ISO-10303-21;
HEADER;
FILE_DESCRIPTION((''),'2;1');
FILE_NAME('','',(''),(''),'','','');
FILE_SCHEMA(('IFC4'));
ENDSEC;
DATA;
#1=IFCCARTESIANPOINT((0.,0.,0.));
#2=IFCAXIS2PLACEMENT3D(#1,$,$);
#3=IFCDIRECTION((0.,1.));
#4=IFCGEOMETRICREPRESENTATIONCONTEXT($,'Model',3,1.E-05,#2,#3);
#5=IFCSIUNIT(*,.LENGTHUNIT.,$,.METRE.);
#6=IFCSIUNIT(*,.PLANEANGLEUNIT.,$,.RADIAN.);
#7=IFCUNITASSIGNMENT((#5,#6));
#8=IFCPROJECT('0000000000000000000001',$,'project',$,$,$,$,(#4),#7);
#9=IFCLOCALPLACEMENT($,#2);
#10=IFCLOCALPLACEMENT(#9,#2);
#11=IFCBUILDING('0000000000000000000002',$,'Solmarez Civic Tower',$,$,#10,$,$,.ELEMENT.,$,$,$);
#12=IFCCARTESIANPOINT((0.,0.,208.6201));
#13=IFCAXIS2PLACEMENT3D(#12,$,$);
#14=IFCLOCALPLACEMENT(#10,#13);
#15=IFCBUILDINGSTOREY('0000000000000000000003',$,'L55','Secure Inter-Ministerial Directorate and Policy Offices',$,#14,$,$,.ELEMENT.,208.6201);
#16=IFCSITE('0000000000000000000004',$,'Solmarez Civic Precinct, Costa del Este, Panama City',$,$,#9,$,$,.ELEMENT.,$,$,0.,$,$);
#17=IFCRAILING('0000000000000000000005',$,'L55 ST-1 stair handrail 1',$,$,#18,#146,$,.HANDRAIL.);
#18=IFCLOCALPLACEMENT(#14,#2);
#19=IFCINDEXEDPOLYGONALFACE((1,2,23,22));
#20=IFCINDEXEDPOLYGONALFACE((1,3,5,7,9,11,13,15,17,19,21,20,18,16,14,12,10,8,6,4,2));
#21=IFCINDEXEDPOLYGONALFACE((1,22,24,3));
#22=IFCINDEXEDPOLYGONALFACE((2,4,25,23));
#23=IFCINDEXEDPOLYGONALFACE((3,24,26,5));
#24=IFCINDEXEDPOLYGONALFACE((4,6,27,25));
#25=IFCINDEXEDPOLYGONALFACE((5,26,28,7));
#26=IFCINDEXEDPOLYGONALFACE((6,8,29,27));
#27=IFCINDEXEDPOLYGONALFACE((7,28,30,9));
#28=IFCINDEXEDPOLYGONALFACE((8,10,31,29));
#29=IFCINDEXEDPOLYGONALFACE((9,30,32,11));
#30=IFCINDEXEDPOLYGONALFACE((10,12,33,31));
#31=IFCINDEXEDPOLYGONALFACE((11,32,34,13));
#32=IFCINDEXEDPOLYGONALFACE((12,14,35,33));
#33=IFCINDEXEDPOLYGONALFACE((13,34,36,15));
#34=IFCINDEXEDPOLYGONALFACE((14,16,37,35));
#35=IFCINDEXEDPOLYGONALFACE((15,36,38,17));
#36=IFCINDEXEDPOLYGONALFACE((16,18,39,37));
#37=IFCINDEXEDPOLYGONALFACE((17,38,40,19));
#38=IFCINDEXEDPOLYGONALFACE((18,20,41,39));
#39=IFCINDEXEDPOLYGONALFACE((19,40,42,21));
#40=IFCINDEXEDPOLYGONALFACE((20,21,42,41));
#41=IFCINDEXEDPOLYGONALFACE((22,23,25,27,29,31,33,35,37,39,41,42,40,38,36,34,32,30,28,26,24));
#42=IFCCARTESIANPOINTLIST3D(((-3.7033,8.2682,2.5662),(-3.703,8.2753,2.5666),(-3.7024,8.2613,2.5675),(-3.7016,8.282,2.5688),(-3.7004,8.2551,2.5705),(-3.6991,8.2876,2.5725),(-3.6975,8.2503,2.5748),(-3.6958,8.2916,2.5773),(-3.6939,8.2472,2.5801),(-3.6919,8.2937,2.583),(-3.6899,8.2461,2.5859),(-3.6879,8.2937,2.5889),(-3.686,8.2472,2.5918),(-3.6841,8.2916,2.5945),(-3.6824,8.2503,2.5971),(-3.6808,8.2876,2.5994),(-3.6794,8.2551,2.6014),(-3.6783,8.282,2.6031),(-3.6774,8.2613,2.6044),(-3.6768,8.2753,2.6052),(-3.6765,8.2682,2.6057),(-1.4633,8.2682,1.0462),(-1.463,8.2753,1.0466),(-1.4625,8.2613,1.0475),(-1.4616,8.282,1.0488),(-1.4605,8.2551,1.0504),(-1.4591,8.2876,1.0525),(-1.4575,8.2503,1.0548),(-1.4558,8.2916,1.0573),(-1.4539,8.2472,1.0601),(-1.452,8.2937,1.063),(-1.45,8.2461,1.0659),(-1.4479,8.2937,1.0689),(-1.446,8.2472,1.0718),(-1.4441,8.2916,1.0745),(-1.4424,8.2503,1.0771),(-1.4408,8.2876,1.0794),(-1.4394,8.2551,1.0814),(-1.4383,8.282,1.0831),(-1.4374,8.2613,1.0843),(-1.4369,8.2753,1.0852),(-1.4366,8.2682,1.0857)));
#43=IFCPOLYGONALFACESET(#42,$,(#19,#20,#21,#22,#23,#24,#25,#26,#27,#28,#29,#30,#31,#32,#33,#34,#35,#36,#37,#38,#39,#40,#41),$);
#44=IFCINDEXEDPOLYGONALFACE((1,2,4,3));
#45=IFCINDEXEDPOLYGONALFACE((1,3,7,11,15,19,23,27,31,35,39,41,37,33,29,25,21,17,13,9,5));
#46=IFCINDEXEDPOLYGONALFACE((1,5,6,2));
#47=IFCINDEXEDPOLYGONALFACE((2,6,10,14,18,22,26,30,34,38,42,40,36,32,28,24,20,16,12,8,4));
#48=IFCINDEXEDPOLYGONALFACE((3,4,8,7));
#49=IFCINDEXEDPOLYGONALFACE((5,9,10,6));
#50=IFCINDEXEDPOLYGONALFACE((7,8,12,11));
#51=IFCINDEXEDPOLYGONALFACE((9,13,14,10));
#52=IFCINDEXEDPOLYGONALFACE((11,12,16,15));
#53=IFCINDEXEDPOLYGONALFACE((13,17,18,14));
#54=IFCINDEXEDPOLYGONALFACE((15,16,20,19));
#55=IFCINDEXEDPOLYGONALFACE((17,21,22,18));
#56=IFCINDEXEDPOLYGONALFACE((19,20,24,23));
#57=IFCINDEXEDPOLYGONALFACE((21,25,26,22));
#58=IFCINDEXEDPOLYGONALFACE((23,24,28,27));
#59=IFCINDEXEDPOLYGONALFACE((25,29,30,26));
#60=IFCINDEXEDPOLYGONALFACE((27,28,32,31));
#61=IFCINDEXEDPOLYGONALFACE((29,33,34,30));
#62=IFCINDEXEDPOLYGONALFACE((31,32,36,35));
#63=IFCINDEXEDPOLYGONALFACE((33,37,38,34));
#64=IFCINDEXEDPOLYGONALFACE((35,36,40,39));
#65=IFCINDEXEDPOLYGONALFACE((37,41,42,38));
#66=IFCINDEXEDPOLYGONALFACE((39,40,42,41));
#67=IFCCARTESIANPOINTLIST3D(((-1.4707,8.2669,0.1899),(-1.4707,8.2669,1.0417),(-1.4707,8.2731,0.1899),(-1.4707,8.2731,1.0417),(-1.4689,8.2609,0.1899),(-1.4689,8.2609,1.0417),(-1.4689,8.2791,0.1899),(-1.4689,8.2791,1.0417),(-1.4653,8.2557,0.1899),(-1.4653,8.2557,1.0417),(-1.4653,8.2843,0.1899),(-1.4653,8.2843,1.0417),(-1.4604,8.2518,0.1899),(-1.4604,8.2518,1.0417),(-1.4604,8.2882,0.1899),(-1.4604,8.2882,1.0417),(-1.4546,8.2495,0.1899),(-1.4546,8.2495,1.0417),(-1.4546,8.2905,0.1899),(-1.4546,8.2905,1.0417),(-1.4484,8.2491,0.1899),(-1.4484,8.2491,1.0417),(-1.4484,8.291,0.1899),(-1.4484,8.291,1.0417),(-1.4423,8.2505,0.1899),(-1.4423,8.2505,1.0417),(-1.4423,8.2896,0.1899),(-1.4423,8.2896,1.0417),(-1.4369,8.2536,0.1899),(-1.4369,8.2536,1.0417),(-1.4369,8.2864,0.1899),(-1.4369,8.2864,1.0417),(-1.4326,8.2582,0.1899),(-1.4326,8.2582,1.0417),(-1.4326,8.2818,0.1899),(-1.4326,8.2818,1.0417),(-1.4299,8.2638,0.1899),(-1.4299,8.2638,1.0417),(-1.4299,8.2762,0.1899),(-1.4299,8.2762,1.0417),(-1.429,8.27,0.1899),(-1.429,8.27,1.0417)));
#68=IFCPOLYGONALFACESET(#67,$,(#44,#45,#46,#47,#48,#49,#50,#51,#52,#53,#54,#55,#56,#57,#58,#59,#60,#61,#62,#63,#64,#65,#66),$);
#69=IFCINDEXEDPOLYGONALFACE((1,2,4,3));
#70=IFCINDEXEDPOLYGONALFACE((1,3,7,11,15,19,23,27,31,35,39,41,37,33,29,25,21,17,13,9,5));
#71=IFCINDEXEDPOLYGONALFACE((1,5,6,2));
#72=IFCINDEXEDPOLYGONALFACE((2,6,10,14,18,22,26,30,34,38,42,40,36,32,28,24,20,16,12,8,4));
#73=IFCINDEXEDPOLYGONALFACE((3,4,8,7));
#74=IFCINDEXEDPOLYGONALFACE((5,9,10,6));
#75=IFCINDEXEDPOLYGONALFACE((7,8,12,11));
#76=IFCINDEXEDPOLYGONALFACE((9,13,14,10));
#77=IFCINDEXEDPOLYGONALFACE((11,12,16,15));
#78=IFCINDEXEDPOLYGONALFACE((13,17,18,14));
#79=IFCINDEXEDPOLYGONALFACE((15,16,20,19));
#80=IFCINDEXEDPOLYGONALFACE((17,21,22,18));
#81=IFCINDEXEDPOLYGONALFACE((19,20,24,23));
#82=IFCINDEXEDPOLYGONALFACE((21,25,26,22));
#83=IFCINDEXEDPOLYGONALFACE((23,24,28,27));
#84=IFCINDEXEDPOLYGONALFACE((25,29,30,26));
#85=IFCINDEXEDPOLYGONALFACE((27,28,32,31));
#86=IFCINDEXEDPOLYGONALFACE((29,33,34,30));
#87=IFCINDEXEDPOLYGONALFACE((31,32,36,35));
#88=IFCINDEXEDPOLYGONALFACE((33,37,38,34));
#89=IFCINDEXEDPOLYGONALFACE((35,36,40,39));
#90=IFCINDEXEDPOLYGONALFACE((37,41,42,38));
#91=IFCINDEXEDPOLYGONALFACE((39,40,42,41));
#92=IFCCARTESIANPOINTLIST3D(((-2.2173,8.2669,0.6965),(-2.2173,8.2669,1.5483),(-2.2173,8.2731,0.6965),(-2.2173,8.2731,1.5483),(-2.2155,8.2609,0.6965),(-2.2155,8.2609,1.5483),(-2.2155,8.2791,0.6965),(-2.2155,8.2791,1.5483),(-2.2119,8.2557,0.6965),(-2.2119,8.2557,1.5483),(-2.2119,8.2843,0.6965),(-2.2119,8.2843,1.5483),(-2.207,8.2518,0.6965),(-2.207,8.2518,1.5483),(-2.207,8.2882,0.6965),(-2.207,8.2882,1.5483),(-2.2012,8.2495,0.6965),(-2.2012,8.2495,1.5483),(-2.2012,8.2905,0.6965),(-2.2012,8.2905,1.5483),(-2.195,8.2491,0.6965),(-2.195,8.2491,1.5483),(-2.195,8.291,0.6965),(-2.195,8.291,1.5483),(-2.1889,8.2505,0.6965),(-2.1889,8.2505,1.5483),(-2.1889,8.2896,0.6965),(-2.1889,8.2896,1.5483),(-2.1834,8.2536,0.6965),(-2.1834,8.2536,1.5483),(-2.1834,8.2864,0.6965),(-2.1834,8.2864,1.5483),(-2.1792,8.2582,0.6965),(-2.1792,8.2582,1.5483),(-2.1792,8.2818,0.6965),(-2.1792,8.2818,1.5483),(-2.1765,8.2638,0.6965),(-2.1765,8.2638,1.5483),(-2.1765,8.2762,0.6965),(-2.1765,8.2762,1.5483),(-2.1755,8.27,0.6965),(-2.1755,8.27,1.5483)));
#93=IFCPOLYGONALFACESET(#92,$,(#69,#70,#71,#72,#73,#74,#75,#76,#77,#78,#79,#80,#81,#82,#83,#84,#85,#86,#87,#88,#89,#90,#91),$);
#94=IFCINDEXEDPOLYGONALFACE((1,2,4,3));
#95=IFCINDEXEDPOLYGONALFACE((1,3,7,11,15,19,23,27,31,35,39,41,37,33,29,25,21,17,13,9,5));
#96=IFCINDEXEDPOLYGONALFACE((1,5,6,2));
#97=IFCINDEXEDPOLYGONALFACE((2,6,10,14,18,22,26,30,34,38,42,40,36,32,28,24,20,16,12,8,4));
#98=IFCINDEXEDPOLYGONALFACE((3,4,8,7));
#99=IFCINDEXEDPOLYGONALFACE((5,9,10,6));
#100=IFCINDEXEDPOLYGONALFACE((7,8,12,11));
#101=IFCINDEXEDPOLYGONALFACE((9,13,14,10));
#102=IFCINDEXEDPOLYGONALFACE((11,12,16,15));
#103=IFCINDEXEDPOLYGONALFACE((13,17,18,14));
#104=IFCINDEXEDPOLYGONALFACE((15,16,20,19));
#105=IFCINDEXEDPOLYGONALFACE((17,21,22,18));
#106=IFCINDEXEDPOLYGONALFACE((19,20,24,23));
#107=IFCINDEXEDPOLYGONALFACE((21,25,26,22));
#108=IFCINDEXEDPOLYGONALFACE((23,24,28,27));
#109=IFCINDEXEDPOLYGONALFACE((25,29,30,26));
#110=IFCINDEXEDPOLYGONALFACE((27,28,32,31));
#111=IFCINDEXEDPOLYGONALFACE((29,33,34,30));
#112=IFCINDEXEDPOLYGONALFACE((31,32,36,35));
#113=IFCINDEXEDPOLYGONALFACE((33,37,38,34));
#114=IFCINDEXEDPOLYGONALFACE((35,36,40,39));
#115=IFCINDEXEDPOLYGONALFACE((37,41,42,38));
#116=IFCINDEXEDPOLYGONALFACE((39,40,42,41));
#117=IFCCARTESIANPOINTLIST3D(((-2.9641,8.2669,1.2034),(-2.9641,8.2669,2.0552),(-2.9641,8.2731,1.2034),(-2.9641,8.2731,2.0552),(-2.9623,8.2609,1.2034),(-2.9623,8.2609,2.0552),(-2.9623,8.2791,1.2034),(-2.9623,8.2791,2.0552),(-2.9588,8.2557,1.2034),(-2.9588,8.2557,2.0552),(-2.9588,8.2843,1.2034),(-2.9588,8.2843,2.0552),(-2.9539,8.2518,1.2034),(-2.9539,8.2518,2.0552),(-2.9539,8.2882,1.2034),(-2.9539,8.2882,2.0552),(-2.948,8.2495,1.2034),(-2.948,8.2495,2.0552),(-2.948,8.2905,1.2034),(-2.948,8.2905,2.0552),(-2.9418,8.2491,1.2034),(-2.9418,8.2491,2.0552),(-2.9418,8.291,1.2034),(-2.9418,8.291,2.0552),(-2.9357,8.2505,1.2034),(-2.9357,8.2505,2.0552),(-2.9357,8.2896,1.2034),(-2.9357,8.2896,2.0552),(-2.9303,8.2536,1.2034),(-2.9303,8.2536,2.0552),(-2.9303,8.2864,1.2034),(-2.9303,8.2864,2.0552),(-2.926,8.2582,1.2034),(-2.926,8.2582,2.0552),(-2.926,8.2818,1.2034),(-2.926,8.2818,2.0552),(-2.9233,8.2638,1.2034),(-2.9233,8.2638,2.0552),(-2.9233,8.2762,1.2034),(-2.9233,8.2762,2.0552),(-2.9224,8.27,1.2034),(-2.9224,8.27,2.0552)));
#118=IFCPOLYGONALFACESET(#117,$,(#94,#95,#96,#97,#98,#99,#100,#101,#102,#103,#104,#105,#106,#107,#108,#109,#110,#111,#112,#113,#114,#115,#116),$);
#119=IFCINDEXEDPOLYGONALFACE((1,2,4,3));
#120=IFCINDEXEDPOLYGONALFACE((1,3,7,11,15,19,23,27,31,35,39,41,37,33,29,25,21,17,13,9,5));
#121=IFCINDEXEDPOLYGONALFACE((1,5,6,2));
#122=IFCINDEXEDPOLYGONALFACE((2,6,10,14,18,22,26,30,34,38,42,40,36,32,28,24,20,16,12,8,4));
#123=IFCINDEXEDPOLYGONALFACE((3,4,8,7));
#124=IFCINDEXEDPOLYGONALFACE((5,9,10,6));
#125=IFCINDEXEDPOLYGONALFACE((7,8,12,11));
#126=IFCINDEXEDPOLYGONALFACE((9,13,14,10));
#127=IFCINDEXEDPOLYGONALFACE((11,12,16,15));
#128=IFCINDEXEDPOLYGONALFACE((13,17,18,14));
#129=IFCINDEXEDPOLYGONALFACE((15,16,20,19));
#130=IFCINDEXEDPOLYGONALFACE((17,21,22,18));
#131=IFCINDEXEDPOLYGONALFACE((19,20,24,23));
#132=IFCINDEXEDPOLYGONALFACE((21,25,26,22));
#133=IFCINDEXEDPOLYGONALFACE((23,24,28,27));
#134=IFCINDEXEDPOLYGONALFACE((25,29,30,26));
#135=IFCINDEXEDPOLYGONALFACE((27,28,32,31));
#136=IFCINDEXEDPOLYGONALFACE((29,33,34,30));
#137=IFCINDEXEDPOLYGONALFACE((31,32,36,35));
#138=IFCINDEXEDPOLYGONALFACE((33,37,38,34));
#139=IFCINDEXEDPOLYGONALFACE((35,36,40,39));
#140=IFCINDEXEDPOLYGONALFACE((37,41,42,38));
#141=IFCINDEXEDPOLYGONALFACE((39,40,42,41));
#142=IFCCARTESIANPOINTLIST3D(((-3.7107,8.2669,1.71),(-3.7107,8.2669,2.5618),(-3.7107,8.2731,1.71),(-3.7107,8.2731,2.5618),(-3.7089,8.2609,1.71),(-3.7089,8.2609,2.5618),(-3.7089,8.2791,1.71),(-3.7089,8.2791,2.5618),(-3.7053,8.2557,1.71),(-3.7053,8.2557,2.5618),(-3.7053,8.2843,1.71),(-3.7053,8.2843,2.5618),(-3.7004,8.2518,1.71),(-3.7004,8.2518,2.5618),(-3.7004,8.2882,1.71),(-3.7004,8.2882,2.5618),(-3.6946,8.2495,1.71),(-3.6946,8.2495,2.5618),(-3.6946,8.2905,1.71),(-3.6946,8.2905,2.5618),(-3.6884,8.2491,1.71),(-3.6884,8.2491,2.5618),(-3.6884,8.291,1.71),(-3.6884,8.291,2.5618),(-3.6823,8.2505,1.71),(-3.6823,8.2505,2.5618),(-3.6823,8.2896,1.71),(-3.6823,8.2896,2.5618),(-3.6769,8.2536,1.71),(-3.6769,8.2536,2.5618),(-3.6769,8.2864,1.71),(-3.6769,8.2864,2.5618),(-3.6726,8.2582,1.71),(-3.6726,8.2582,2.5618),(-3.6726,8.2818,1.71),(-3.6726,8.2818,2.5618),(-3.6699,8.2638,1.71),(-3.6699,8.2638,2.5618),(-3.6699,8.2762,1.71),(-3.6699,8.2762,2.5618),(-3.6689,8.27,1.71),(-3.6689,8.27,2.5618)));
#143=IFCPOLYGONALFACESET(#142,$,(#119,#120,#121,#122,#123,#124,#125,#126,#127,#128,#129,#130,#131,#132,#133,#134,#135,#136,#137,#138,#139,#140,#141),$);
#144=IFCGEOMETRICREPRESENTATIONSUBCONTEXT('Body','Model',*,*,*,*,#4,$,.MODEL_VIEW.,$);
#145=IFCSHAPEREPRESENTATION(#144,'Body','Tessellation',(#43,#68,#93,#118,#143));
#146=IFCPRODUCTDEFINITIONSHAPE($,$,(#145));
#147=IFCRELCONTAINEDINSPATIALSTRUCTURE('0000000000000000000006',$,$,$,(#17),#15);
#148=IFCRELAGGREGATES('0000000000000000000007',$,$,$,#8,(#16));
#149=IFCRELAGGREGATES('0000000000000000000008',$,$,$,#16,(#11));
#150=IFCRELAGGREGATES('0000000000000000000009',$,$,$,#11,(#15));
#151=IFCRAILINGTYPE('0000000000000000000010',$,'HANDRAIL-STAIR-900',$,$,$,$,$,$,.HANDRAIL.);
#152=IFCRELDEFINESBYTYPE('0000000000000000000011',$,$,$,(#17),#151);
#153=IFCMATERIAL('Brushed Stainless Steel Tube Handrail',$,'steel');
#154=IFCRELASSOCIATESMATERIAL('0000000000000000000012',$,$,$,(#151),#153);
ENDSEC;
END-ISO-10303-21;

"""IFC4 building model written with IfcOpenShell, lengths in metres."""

from ifc_helpers import new_model, si_unit, direction, frame, origin, origin_2d, place, context, subcontext, project, spatial, circle, extrude, material, type_object, element, save


model = new_model("IFC4")

# Units and contexts
model_context = context("Model", 3, precision=1e-05, world=origin(), true_north=direction((0.0, 1.0)))
body_context = subcontext(model_context, "Body", "Model", "MODEL_VIEW")
ifc_project = project(units=[si_unit("LENGTHUNIT", "METRE"), si_unit("PLANEANGLEUNIT", "RADIAN")], contexts=[model_context])

# Site, building, storey
site_placement = place(None, origin())
site = spatial("IfcSite", under=ifc_project, at=site_placement, Name="Solmarez Civic Precinct, Costa del Este, Panama City", CompositionType="ELEMENT", RefElevation=0.0)
building_placement = place(site_placement, origin())
building = spatial("IfcBuilding", under=site, at=building_placement, Name="Solmarez Civic Tower", CompositionType="ELEMENT")
storey_placement = place(building_placement, frame((0.0, 0.0, 208.6201)))
storey = spatial("IfcBuildingStorey", under=building, at=storey_placement, Name="L55", Description="Secure Inter-Ministerial Directorate and Policy Offices", CompositionType="ELEMENT", Elevation=208.6201)

# Railing
ifc_material_1 = material(Name="Brushed Stainless Steel Tube Handrail", Category="steel")
railing_type_1 = type_object("IfcRailingType", Name="HANDRAIL-STAIR-900", PredefinedType="HANDRAIL", material=ifc_material_1)
railing_1_placement = place(storey_placement, frame((-1.45, 8.27, 0.1899)))
element("IfcRailing", 1, at=railing_1_placement, inside=storey, type_object=railing_type_1, Name="L55 ST-1 stair handrail 1", PredefinedType="HANDRAIL", context=body_context, shape_type="SweptSolid", body=[
    extrude(circle(Radius=0.0239, at=origin_2d()), frame((0.0, 0.0, 0.876), z_axis=(-0.827471, 0.0, 0.561508), x_axis=(0.0, -1.0, 0.0)), (0.0, 0.0, 1.0), 2.707),
    extrude(circle(Radius=0.021, at=origin_2d()), origin(), (0.0, 0.0, 1.0), 0.8518),
    extrude(circle(Radius=0.021, at=origin_2d()), frame((-0.7466, 0.0, 0.5066)), (0.0, 0.0, 1.0), 0.8518),
    extrude(circle(Radius=0.021, at=origin_2d()), frame((-1.4934, 0.0, 1.0134)), (0.0, 0.0, 1.0), 0.8518),
    extrude(circle(Radius=0.021, at=origin_2d()), frame((-2.24, 0.0, 1.52)), (0.0, 0.0, 1.0), 0.8518),
])

save(model, "model.ifc")
